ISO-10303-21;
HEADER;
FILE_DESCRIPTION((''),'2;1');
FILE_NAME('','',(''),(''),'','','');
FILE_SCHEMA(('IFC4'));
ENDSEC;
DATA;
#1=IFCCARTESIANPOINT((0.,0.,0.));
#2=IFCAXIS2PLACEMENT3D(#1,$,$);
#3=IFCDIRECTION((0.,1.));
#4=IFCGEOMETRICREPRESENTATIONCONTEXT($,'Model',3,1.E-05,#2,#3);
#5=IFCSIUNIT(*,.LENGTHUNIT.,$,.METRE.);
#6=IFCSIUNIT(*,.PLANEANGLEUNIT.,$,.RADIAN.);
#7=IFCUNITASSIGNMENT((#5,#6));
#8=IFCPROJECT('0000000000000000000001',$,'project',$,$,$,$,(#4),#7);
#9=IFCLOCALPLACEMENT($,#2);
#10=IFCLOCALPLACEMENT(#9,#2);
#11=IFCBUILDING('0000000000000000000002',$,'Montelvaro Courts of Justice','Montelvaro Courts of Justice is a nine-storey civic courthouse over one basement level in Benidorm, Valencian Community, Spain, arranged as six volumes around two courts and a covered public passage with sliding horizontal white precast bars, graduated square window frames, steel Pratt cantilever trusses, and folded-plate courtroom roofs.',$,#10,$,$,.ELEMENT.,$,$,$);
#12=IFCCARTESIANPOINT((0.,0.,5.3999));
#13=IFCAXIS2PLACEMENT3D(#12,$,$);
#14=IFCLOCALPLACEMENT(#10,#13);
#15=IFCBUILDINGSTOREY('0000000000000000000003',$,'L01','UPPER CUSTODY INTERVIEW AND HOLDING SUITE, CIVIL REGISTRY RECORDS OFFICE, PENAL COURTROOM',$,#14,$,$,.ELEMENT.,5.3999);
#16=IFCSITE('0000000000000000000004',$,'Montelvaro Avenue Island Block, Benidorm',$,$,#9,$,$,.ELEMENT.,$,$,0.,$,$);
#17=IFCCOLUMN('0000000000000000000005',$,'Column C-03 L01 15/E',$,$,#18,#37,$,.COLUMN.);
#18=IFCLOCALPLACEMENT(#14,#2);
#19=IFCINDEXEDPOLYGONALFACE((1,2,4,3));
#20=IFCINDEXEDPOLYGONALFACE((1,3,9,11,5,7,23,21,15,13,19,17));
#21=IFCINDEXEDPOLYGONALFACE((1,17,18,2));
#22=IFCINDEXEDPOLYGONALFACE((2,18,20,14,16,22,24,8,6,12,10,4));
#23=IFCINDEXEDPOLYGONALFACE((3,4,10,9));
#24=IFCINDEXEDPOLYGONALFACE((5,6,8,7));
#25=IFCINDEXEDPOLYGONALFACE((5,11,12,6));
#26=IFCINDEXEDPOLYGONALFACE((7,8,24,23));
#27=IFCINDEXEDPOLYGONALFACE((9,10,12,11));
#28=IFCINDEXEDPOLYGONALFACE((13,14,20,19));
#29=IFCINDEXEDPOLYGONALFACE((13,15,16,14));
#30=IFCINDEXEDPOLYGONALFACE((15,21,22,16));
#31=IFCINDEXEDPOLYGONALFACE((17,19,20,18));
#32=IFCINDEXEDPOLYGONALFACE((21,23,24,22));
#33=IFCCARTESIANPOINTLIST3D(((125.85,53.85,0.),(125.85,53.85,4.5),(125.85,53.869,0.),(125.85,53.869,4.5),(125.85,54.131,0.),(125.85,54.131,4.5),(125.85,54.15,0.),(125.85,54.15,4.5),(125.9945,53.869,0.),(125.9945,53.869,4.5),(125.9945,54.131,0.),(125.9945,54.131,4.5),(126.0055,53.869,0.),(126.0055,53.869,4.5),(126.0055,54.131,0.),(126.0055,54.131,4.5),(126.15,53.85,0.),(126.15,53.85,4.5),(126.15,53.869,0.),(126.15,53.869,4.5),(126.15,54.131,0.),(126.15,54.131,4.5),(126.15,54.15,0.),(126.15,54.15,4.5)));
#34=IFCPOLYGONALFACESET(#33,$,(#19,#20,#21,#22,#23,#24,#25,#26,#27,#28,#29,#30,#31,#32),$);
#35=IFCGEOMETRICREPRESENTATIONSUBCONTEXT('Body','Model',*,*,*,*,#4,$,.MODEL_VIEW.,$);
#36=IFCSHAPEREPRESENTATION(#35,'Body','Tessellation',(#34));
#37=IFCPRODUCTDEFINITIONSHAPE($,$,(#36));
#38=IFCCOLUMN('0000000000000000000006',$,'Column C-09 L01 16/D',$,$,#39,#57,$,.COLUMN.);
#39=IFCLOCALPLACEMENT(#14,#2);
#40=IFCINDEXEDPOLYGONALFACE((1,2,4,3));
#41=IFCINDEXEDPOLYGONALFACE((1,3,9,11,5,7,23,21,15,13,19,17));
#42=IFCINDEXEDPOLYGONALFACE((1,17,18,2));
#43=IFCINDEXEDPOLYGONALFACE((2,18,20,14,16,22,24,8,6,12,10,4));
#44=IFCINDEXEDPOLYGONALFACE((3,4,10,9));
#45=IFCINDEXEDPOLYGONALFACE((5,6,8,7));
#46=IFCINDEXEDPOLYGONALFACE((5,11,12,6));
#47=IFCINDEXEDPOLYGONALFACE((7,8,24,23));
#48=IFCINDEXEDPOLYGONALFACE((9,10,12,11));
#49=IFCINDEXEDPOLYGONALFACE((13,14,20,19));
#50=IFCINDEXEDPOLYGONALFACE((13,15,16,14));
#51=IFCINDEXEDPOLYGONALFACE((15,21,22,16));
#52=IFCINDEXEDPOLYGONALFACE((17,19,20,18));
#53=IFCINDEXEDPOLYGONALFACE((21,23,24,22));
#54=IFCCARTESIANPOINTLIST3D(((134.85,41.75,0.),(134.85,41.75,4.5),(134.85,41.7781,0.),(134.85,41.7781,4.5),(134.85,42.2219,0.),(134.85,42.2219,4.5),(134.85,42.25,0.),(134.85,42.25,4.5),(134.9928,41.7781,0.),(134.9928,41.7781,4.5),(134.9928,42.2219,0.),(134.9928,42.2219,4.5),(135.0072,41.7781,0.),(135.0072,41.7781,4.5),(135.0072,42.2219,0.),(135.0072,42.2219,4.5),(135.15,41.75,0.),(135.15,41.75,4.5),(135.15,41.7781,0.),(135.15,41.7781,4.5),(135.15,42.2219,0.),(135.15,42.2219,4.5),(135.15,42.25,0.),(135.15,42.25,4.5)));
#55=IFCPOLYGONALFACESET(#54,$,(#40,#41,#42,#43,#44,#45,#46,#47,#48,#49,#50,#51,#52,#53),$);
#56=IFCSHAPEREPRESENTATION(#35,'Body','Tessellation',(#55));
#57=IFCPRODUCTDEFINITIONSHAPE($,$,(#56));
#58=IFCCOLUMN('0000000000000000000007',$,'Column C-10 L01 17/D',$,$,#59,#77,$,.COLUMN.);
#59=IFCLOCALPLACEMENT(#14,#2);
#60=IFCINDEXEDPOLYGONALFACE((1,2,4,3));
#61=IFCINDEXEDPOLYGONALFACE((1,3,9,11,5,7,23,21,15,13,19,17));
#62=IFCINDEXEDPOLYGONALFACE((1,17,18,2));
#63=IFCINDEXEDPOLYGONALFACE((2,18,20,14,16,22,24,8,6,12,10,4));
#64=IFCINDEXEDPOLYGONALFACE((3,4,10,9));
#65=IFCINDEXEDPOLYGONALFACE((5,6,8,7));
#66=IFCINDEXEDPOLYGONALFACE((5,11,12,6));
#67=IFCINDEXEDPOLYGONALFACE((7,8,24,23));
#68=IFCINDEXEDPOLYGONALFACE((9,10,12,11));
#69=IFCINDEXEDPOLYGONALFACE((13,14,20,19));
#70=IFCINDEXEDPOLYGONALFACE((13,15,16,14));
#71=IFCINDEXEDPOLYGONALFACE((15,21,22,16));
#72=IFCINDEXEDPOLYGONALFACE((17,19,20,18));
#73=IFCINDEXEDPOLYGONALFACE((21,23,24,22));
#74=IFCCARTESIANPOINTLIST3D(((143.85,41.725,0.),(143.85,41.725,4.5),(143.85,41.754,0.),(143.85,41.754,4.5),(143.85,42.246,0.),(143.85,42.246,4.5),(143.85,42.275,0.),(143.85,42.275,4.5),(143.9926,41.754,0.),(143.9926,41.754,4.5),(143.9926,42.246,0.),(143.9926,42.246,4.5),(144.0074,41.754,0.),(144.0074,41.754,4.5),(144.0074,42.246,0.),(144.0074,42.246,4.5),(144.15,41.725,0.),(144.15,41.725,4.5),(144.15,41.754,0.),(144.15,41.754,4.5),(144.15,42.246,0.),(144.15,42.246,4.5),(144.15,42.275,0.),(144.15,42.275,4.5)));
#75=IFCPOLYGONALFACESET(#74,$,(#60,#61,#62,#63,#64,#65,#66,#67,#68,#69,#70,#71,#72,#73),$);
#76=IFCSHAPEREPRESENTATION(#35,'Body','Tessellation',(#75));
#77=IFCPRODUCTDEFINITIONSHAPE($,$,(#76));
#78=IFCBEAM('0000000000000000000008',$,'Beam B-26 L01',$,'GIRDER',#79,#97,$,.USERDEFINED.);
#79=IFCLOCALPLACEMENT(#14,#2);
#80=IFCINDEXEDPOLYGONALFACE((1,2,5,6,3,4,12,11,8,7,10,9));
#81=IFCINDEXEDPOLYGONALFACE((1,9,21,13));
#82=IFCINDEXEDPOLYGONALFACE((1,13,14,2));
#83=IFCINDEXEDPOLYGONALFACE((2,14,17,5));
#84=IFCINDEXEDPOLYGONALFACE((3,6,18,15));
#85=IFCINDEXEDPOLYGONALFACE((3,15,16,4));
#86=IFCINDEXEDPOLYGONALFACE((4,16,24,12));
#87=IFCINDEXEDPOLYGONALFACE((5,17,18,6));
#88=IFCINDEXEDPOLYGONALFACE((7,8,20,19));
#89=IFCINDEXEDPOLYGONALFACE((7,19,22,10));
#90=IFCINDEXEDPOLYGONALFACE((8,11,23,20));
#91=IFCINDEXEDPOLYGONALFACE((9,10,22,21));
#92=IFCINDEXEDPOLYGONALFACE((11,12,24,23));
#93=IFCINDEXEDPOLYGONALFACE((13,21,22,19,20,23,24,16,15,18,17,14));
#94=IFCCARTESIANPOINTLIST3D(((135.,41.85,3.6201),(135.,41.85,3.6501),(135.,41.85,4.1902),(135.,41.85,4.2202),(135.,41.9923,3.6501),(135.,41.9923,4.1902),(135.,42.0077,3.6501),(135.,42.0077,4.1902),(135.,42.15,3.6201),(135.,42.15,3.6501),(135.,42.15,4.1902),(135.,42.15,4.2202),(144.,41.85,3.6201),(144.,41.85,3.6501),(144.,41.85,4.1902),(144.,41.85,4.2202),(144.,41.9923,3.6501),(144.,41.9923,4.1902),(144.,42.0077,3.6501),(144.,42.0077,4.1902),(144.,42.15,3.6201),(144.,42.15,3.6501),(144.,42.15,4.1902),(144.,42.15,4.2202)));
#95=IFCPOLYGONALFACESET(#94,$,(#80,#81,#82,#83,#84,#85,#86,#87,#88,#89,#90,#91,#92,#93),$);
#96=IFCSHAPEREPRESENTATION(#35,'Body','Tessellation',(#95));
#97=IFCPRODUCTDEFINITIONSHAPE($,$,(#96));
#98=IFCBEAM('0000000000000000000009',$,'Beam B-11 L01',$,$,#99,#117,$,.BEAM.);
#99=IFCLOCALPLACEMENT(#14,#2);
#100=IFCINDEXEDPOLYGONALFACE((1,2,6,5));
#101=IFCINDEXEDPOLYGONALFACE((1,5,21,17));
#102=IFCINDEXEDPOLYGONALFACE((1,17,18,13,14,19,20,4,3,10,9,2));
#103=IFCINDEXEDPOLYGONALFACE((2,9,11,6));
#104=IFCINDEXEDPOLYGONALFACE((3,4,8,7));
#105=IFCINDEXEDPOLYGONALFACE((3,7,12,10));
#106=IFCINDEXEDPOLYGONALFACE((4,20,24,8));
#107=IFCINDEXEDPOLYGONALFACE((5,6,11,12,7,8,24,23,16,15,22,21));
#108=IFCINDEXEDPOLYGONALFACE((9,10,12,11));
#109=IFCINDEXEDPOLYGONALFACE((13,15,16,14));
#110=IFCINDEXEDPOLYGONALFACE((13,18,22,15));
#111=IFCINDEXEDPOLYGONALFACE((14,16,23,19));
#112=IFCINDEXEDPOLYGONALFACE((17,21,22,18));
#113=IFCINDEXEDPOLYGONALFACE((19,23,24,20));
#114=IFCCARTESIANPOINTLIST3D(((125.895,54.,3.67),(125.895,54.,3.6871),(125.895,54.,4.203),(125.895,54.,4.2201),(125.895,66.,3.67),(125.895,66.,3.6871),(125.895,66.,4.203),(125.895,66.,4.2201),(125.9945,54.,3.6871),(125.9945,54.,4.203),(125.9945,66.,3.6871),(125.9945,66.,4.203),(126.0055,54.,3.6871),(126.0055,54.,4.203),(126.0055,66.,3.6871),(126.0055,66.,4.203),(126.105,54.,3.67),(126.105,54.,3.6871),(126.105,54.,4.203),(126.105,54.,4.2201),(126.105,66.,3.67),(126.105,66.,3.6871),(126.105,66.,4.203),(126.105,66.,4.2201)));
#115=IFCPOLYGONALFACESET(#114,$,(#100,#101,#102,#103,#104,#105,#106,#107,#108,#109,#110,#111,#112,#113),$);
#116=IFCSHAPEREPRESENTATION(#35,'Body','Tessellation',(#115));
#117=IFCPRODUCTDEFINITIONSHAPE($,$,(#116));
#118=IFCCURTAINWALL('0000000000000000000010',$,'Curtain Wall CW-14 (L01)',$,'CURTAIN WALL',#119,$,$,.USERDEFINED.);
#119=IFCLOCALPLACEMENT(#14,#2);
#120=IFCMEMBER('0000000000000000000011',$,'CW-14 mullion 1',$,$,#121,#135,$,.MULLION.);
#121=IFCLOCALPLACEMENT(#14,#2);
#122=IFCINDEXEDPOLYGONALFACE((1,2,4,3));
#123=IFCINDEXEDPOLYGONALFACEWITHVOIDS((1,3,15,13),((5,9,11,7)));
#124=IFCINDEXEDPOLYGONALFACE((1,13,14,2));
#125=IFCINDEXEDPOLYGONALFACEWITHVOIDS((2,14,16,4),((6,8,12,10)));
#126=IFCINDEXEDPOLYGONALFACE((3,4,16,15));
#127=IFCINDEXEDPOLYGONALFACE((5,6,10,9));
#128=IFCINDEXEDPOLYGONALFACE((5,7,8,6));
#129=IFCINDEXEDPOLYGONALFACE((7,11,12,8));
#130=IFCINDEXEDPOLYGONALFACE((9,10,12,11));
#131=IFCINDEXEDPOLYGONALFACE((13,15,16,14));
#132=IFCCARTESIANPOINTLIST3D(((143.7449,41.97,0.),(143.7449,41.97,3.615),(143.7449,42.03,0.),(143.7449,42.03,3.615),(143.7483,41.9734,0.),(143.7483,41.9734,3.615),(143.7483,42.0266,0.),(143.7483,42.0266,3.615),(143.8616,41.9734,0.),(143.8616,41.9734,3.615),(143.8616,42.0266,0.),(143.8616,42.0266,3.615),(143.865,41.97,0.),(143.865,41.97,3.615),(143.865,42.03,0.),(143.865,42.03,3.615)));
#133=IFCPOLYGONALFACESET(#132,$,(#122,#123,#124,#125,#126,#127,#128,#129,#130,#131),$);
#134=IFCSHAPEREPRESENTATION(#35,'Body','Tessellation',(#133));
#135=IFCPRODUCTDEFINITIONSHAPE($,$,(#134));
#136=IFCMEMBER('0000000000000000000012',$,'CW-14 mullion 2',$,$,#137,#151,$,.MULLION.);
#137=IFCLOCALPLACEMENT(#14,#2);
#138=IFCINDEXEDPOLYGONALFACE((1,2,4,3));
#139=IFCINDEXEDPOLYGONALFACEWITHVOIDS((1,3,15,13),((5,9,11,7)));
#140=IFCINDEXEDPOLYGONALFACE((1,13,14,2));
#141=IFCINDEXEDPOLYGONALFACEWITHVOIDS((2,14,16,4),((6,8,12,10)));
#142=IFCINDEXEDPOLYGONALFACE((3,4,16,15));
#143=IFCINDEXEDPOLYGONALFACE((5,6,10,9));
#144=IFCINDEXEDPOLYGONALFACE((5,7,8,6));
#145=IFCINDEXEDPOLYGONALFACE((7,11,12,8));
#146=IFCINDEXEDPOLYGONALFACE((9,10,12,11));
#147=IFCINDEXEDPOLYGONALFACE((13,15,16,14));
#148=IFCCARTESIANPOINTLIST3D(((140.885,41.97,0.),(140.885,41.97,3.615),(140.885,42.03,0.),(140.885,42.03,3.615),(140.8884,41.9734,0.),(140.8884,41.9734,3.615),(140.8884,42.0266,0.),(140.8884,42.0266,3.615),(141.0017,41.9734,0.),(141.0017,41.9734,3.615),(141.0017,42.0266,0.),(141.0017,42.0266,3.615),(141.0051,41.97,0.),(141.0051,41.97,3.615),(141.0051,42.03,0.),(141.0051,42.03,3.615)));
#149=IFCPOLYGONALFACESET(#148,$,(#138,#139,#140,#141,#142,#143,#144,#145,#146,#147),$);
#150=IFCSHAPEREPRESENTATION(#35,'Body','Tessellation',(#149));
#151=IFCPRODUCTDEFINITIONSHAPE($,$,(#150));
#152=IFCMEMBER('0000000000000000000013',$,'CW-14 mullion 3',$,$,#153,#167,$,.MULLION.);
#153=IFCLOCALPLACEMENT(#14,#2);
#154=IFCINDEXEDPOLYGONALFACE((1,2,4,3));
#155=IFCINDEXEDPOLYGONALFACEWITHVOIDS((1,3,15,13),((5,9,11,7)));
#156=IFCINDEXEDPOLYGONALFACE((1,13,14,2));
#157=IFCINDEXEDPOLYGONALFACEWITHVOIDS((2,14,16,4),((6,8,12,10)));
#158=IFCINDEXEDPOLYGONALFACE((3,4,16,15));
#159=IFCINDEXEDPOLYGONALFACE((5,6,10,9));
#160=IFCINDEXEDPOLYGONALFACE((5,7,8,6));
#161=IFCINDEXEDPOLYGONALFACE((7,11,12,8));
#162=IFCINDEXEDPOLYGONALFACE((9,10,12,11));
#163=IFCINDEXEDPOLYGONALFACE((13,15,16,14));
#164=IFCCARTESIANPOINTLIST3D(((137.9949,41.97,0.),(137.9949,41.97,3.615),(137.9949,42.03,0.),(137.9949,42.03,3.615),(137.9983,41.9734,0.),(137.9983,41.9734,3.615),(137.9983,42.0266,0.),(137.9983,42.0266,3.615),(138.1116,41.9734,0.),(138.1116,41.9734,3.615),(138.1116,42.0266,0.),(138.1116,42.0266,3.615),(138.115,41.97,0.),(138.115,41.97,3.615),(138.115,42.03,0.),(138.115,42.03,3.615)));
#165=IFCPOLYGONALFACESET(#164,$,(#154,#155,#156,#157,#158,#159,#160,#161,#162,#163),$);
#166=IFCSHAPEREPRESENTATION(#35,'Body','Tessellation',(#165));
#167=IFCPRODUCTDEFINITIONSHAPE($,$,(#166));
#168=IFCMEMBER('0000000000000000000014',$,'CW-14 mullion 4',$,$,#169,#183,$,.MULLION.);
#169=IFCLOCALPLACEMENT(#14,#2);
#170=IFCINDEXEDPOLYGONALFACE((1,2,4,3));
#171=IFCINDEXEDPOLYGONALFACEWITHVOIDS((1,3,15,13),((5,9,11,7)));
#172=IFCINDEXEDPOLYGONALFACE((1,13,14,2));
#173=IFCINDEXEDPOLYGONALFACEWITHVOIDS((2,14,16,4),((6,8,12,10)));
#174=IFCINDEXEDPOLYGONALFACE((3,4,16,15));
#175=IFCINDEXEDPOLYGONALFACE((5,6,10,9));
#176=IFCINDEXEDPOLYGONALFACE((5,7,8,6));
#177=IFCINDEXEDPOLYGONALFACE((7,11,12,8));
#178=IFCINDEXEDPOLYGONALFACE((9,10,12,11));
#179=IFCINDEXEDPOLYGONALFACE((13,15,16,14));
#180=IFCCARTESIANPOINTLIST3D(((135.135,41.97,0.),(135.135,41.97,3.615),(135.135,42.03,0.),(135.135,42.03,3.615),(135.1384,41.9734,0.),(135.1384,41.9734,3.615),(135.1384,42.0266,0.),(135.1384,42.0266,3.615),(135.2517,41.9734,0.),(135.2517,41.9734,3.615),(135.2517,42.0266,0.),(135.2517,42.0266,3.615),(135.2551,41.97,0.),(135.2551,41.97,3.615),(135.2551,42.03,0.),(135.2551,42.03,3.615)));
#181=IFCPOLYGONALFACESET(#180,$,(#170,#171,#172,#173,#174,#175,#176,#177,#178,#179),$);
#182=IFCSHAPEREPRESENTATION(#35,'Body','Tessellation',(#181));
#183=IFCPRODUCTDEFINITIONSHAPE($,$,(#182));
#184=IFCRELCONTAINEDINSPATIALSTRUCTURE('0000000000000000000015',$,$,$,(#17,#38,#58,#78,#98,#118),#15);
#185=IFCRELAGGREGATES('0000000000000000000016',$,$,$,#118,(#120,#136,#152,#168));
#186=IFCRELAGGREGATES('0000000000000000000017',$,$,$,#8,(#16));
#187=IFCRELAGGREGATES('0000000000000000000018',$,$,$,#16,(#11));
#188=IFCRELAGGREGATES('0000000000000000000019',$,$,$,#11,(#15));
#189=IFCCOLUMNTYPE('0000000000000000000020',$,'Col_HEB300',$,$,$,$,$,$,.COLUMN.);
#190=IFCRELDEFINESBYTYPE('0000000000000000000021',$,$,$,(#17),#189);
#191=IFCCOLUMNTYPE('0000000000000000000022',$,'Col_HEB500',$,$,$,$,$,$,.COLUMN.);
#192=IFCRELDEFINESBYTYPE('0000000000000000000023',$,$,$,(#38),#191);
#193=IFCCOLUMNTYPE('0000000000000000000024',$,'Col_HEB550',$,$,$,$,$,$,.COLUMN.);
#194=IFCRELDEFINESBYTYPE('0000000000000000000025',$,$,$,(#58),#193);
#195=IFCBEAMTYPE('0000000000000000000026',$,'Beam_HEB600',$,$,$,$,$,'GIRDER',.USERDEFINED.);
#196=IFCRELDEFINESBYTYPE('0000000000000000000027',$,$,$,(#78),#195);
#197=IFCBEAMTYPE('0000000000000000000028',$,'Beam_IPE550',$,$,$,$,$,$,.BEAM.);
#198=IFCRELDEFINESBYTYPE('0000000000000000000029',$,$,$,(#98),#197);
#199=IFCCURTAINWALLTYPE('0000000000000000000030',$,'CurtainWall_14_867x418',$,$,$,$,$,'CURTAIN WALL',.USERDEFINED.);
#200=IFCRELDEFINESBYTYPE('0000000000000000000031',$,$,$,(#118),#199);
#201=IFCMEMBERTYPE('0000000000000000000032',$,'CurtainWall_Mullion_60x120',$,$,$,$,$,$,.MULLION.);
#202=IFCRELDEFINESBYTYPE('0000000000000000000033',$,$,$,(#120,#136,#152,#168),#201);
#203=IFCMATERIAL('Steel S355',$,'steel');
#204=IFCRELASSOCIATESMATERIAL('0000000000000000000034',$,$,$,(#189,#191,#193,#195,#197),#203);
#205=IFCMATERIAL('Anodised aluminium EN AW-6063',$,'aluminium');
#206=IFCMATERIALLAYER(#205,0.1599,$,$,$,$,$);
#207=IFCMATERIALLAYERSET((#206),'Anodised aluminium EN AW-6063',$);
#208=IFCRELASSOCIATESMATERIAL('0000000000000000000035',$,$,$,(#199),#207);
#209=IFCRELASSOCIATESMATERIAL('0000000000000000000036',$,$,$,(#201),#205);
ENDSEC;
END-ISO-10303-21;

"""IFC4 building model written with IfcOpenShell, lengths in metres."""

from ifc_helpers import new_model, si_unit, direction, frame, origin, origin_2d, place, context, subcontext, project, spatial, hollow_rectangle, i_section, extrude, material, layer, layer_set, material_profile, profile_set, type_object, element, aggregate, save


model = new_model("IFC4")

# Units and contexts
model_context = context("Model", 3, precision=1e-05, world=origin(), true_north=direction((0.0, 1.0)))
body_context = subcontext(model_context, "Body", "Model", "MODEL_VIEW")
ifc_project = project(units=[si_unit("LENGTHUNIT", "METRE"), si_unit("PLANEANGLEUNIT", "RADIAN")], contexts=[model_context])

# Site, building, storey
site_placement = place(None, origin())
site = spatial("IfcSite", under=ifc_project, at=site_placement, Name="Montelvaro Avenue Island Block, Benidorm", CompositionType="ELEMENT", RefElevation=0.0)
building_placement = place(site_placement, origin())
building = spatial("IfcBuilding", under=site, at=building_placement, Name="Montelvaro Courts of Justice", Description="Montelvaro Courts of Justice is a nine-storey civic courthouse over one basement level in Benidorm, Valencian Community, Spain, arranged as six volumes around two courts and a covered public passage with sliding horizontal white precast bars, graduated square window frames, steel Pratt cantilever trusses, and folded-plate courtroom roofs.", CompositionType="ELEMENT")
storey_placement = place(building_placement, frame((0.0, 0.0, 5.3999)))
storey = spatial("IfcBuildingStorey", under=building, at=storey_placement, Name="L01", Description="UPPER CUSTODY INTERVIEW AND HOLDING SUITE, CIVIL REGISTRY RECORDS OFFICE, PENAL COURTROOM", CompositionType="ELEMENT", Elevation=5.3999)

# Columns
ifc_material_1 = material(Name="Steel S355", Category="steel")
ifc_material_profile_1 = material_profile(ifc_material_1, i_section(OverallWidth=0.3, OverallDepth=0.3, WebThickness=0.011, FlangeThickness=0.019, at=origin_2d()), Name="HEB 300")
ifc_profile_set_1 = profile_set([ifc_material_profile_1], Name="Steel S355")
column_type_1 = type_object("IfcColumnType", Name="Col_HEB300", PredefinedType="COLUMN", material=ifc_profile_set_1)
column_1_placement = place(storey_placement, frame((126.0, 54.0, 0.0), z_axis=(0.0, 0.0, 1.0), x_axis=(1.0, 0.0, 0.0)))
element("IfcColumn", 1, at=column_1_placement, inside=storey, type_object=column_type_1, Name="Column C-03 L01 15/E", PredefinedType="COLUMN", context=body_context, shape_type="SweptSolid", body=[
    extrude(i_section(OverallWidth=0.3, OverallDepth=0.3, WebThickness=0.011, FlangeThickness=0.019, at=origin_2d()), origin(), (0.0, 0.0, 1.0), 4.5),
])
ifc_material_profile_2 = material_profile(ifc_material_1, i_section(OverallWidth=0.3, OverallDepth=0.5, WebThickness=0.0144, FlangeThickness=0.0281, at=origin_2d()), Name="HEB 500")
ifc_profile_set_2 = profile_set([ifc_material_profile_2], Name="Steel S355")
column_type_2 = type_object("IfcColumnType", Name="Col_HEB500", PredefinedType="COLUMN", material=ifc_profile_set_2)
column_2_placement = place(storey_placement, frame((135.0, 42.0, 0.0), z_axis=(0.0, 0.0, 1.0), x_axis=(1.0, 0.0, 0.0)))
element("IfcColumn", 2, at=column_2_placement, inside=storey, type_object=column_type_2, Name="Column C-09 L01 16/D", PredefinedType="COLUMN", context=body_context, shape_type="SweptSolid", body=[
    extrude(i_section(OverallWidth=0.3, OverallDepth=0.5, WebThickness=0.0144, FlangeThickness=0.0281, at=origin_2d()), origin(), (0.0, 0.0, 1.0), 4.5),
])
ifc_material_profile_3 = material_profile(ifc_material_1, i_section(OverallWidth=0.3, OverallDepth=0.55, WebThickness=0.0149, FlangeThickness=0.0291, at=origin_2d()), Name="HEB 550")
ifc_profile_set_3 = profile_set([ifc_material_profile_3], Name="Steel S355")
column_type_3 = type_object("IfcColumnType", Name="Col_HEB550", PredefinedType="COLUMN", material=ifc_profile_set_3)
column_3_placement = place(storey_placement, frame((144.0, 42.0, 0.0), z_axis=(0.0, 0.0, 1.0), x_axis=(1.0, 0.0, 0.0)))
element("IfcColumn", 3, at=column_3_placement, inside=storey, type_object=column_type_3, Name="Column C-10 L01 17/D", PredefinedType="COLUMN", context=body_context, shape_type="SweptSolid", body=[
    extrude(i_section(OverallWidth=0.3, OverallDepth=0.55, WebThickness=0.0149, FlangeThickness=0.0291, at=origin_2d()), origin(), (0.0, 0.0, 1.0), 4.5),
])

# Beams
ifc_material_profile_4 = material_profile(ifc_material_1, i_section(OverallWidth=0.3, OverallDepth=0.6001, WebThickness=0.0154, FlangeThickness=0.03, at=origin_2d()), Name="HEB 600")
ifc_profile_set_4 = profile_set([ifc_material_profile_4], Name="Steel S355")
beam_type_1 = type_object("IfcBeamType", Name="Beam_HEB600", ElementType="GIRDER", PredefinedType="USERDEFINED", material=ifc_profile_set_4)
beam_1_placement = place(storey_placement, frame((135.0, 42.0, 3.9202), z_axis=(1.0, 0.0, 0.0), x_axis=(0.0, 1.0, 0.0)))
element("IfcBeam", 4, at=beam_1_placement, inside=storey, type_object=beam_type_1, Name="Beam B-26 L01", ObjectType="GIRDER", PredefinedType="USERDEFINED", context=body_context, shape_type="SweptSolid", body=[
    extrude(i_section(OverallWidth=0.3, OverallDepth=0.6001, WebThickness=0.0154, FlangeThickness=0.03, at=origin_2d()), origin(), (0.0, 0.0, 1.0), 9.0),
])
ifc_material_profile_5 = material_profile(ifc_material_1, i_section(OverallWidth=0.21, OverallDepth=0.55, WebThickness=0.011, FlangeThickness=0.0171, at=origin_2d()), Name="IPE 550")
ifc_profile_set_5 = profile_set([ifc_material_profile_5], Name="Steel S355")
beam_type_2 = type_object("IfcBeamType", Name="Beam_IPE550", PredefinedType="BEAM", material=ifc_profile_set_5)
beam_2_placement = place(storey_placement, frame((126.0, 54.0, 3.9451), z_axis=(0.0, 1.0, 0.0), x_axis=(-1.0, 0.0, 0.0)))
element("IfcBeam", 5, at=beam_2_placement, inside=storey, type_object=beam_type_2, Name="Beam B-11 L01", PredefinedType="BEAM", context=body_context, shape_type="SweptSolid", body=[
    extrude(i_section(OverallWidth=0.21, OverallDepth=0.55, WebThickness=0.011, FlangeThickness=0.0171, at=origin_2d()), origin(), (0.0, 0.0, 1.0), 12.0),
])

# Curtain wall, members
ifc_material_2 = material(Name="Anodised aluminium EN AW-6063", Category="aluminium")
ifc_layer_1 = layer(ifc_material_2, 0.1599)
ifc_layer_set_1 = layer_set([ifc_layer_1], Name="Anodised aluminium EN AW-6063")
curtain_wall_type_1 = type_object("IfcCurtainWallType", Name="CurtainWall_14_867x418", ElementType="CURTAIN WALL", PredefinedType="USERDEFINED", material=ifc_layer_set_1)
curtain_wall_1_placement = place(storey_placement, origin())
curtain_wall_1 = element("IfcCurtainWall", 6, at=curtain_wall_1_placement, inside=storey, type_object=curtain_wall_type_1, Name="Curtain Wall CW-14 (L01)", ObjectType="CURTAIN WALL", PredefinedType="USERDEFINED")
ifc_material_profile_6 = material_profile(ifc_material_2, hollow_rectangle(XDim=0.0601, YDim=0.1201, WallThickness=0.0034, at=origin_2d()), Name="ALU-M 60x120")
ifc_profile_set_6 = profile_set([ifc_material_profile_6], Name="Anodised aluminium EN AW-6063")
member_type_1 = type_object("IfcMemberType", Name="CurtainWall_Mullion_60x120", PredefinedType="MULLION", material=ifc_profile_set_6)
member_1_placement = place(storey_placement, frame((143.8049, 42.0, 0.0), z_axis=(0.0, 0.0, 1.0), x_axis=(0.0, -1.0, 0.0)))
member_1 = element("IfcMember", 7, at=member_1_placement, type_object=member_type_1, Name="CW-14 mullion 1", PredefinedType="MULLION", context=body_context, shape_type="SweptSolid", body=[
    extrude(hollow_rectangle(XDim=0.0601, YDim=0.1201, WallThickness=0.0034, at=origin_2d()), origin(), (0.0, 0.0, 1.0), 3.615),
])
member_2_placement = place(storey_placement, frame((140.9451, 42.0, 0.0), z_axis=(0.0, 0.0, 1.0), x_axis=(0.0, -1.0, 0.0)))
member_2 = element("IfcMember", 8, at=member_2_placement, type_object=member_type_1, Name="CW-14 mullion 2", PredefinedType="MULLION", context=body_context, shape_type="SweptSolid", body=[
    extrude(hollow_rectangle(XDim=0.0601, YDim=0.1201, WallThickness=0.0034, at=origin_2d()), origin(), (0.0, 0.0, 1.0), 3.615),
])
member_3_placement = place(storey_placement, frame((138.0549, 42.0, 0.0), z_axis=(0.0, 0.0, 1.0), x_axis=(0.0, -1.0, 0.0)))
member_3 = element("IfcMember", 9, at=member_3_placement, type_object=member_type_1, Name="CW-14 mullion 3", PredefinedType="MULLION", context=body_context, shape_type="SweptSolid", body=[
    extrude(hollow_rectangle(XDim=0.0601, YDim=0.1201, WallThickness=0.0034, at=origin_2d()), origin(), (0.0, 0.0, 1.0), 3.615),
])
member_4_placement = place(storey_placement, frame((135.1951, 42.0, 0.0), z_axis=(0.0, 0.0, 1.0), x_axis=(0.0, -1.0, 0.0)))
member_4 = element("IfcMember", 10, at=member_4_placement, type_object=member_type_1, Name="CW-14 mullion 4", PredefinedType="MULLION", context=body_context, shape_type="SweptSolid", body=[
    extrude(hollow_rectangle(XDim=0.0601, YDim=0.1201, WallThickness=0.0034, at=origin_2d()), origin(), (0.0, 0.0, 1.0), 3.615),
])

aggregate(curtain_wall_1, [member_1, member_2, member_3, member_4])

save(model, "model.ifc")
